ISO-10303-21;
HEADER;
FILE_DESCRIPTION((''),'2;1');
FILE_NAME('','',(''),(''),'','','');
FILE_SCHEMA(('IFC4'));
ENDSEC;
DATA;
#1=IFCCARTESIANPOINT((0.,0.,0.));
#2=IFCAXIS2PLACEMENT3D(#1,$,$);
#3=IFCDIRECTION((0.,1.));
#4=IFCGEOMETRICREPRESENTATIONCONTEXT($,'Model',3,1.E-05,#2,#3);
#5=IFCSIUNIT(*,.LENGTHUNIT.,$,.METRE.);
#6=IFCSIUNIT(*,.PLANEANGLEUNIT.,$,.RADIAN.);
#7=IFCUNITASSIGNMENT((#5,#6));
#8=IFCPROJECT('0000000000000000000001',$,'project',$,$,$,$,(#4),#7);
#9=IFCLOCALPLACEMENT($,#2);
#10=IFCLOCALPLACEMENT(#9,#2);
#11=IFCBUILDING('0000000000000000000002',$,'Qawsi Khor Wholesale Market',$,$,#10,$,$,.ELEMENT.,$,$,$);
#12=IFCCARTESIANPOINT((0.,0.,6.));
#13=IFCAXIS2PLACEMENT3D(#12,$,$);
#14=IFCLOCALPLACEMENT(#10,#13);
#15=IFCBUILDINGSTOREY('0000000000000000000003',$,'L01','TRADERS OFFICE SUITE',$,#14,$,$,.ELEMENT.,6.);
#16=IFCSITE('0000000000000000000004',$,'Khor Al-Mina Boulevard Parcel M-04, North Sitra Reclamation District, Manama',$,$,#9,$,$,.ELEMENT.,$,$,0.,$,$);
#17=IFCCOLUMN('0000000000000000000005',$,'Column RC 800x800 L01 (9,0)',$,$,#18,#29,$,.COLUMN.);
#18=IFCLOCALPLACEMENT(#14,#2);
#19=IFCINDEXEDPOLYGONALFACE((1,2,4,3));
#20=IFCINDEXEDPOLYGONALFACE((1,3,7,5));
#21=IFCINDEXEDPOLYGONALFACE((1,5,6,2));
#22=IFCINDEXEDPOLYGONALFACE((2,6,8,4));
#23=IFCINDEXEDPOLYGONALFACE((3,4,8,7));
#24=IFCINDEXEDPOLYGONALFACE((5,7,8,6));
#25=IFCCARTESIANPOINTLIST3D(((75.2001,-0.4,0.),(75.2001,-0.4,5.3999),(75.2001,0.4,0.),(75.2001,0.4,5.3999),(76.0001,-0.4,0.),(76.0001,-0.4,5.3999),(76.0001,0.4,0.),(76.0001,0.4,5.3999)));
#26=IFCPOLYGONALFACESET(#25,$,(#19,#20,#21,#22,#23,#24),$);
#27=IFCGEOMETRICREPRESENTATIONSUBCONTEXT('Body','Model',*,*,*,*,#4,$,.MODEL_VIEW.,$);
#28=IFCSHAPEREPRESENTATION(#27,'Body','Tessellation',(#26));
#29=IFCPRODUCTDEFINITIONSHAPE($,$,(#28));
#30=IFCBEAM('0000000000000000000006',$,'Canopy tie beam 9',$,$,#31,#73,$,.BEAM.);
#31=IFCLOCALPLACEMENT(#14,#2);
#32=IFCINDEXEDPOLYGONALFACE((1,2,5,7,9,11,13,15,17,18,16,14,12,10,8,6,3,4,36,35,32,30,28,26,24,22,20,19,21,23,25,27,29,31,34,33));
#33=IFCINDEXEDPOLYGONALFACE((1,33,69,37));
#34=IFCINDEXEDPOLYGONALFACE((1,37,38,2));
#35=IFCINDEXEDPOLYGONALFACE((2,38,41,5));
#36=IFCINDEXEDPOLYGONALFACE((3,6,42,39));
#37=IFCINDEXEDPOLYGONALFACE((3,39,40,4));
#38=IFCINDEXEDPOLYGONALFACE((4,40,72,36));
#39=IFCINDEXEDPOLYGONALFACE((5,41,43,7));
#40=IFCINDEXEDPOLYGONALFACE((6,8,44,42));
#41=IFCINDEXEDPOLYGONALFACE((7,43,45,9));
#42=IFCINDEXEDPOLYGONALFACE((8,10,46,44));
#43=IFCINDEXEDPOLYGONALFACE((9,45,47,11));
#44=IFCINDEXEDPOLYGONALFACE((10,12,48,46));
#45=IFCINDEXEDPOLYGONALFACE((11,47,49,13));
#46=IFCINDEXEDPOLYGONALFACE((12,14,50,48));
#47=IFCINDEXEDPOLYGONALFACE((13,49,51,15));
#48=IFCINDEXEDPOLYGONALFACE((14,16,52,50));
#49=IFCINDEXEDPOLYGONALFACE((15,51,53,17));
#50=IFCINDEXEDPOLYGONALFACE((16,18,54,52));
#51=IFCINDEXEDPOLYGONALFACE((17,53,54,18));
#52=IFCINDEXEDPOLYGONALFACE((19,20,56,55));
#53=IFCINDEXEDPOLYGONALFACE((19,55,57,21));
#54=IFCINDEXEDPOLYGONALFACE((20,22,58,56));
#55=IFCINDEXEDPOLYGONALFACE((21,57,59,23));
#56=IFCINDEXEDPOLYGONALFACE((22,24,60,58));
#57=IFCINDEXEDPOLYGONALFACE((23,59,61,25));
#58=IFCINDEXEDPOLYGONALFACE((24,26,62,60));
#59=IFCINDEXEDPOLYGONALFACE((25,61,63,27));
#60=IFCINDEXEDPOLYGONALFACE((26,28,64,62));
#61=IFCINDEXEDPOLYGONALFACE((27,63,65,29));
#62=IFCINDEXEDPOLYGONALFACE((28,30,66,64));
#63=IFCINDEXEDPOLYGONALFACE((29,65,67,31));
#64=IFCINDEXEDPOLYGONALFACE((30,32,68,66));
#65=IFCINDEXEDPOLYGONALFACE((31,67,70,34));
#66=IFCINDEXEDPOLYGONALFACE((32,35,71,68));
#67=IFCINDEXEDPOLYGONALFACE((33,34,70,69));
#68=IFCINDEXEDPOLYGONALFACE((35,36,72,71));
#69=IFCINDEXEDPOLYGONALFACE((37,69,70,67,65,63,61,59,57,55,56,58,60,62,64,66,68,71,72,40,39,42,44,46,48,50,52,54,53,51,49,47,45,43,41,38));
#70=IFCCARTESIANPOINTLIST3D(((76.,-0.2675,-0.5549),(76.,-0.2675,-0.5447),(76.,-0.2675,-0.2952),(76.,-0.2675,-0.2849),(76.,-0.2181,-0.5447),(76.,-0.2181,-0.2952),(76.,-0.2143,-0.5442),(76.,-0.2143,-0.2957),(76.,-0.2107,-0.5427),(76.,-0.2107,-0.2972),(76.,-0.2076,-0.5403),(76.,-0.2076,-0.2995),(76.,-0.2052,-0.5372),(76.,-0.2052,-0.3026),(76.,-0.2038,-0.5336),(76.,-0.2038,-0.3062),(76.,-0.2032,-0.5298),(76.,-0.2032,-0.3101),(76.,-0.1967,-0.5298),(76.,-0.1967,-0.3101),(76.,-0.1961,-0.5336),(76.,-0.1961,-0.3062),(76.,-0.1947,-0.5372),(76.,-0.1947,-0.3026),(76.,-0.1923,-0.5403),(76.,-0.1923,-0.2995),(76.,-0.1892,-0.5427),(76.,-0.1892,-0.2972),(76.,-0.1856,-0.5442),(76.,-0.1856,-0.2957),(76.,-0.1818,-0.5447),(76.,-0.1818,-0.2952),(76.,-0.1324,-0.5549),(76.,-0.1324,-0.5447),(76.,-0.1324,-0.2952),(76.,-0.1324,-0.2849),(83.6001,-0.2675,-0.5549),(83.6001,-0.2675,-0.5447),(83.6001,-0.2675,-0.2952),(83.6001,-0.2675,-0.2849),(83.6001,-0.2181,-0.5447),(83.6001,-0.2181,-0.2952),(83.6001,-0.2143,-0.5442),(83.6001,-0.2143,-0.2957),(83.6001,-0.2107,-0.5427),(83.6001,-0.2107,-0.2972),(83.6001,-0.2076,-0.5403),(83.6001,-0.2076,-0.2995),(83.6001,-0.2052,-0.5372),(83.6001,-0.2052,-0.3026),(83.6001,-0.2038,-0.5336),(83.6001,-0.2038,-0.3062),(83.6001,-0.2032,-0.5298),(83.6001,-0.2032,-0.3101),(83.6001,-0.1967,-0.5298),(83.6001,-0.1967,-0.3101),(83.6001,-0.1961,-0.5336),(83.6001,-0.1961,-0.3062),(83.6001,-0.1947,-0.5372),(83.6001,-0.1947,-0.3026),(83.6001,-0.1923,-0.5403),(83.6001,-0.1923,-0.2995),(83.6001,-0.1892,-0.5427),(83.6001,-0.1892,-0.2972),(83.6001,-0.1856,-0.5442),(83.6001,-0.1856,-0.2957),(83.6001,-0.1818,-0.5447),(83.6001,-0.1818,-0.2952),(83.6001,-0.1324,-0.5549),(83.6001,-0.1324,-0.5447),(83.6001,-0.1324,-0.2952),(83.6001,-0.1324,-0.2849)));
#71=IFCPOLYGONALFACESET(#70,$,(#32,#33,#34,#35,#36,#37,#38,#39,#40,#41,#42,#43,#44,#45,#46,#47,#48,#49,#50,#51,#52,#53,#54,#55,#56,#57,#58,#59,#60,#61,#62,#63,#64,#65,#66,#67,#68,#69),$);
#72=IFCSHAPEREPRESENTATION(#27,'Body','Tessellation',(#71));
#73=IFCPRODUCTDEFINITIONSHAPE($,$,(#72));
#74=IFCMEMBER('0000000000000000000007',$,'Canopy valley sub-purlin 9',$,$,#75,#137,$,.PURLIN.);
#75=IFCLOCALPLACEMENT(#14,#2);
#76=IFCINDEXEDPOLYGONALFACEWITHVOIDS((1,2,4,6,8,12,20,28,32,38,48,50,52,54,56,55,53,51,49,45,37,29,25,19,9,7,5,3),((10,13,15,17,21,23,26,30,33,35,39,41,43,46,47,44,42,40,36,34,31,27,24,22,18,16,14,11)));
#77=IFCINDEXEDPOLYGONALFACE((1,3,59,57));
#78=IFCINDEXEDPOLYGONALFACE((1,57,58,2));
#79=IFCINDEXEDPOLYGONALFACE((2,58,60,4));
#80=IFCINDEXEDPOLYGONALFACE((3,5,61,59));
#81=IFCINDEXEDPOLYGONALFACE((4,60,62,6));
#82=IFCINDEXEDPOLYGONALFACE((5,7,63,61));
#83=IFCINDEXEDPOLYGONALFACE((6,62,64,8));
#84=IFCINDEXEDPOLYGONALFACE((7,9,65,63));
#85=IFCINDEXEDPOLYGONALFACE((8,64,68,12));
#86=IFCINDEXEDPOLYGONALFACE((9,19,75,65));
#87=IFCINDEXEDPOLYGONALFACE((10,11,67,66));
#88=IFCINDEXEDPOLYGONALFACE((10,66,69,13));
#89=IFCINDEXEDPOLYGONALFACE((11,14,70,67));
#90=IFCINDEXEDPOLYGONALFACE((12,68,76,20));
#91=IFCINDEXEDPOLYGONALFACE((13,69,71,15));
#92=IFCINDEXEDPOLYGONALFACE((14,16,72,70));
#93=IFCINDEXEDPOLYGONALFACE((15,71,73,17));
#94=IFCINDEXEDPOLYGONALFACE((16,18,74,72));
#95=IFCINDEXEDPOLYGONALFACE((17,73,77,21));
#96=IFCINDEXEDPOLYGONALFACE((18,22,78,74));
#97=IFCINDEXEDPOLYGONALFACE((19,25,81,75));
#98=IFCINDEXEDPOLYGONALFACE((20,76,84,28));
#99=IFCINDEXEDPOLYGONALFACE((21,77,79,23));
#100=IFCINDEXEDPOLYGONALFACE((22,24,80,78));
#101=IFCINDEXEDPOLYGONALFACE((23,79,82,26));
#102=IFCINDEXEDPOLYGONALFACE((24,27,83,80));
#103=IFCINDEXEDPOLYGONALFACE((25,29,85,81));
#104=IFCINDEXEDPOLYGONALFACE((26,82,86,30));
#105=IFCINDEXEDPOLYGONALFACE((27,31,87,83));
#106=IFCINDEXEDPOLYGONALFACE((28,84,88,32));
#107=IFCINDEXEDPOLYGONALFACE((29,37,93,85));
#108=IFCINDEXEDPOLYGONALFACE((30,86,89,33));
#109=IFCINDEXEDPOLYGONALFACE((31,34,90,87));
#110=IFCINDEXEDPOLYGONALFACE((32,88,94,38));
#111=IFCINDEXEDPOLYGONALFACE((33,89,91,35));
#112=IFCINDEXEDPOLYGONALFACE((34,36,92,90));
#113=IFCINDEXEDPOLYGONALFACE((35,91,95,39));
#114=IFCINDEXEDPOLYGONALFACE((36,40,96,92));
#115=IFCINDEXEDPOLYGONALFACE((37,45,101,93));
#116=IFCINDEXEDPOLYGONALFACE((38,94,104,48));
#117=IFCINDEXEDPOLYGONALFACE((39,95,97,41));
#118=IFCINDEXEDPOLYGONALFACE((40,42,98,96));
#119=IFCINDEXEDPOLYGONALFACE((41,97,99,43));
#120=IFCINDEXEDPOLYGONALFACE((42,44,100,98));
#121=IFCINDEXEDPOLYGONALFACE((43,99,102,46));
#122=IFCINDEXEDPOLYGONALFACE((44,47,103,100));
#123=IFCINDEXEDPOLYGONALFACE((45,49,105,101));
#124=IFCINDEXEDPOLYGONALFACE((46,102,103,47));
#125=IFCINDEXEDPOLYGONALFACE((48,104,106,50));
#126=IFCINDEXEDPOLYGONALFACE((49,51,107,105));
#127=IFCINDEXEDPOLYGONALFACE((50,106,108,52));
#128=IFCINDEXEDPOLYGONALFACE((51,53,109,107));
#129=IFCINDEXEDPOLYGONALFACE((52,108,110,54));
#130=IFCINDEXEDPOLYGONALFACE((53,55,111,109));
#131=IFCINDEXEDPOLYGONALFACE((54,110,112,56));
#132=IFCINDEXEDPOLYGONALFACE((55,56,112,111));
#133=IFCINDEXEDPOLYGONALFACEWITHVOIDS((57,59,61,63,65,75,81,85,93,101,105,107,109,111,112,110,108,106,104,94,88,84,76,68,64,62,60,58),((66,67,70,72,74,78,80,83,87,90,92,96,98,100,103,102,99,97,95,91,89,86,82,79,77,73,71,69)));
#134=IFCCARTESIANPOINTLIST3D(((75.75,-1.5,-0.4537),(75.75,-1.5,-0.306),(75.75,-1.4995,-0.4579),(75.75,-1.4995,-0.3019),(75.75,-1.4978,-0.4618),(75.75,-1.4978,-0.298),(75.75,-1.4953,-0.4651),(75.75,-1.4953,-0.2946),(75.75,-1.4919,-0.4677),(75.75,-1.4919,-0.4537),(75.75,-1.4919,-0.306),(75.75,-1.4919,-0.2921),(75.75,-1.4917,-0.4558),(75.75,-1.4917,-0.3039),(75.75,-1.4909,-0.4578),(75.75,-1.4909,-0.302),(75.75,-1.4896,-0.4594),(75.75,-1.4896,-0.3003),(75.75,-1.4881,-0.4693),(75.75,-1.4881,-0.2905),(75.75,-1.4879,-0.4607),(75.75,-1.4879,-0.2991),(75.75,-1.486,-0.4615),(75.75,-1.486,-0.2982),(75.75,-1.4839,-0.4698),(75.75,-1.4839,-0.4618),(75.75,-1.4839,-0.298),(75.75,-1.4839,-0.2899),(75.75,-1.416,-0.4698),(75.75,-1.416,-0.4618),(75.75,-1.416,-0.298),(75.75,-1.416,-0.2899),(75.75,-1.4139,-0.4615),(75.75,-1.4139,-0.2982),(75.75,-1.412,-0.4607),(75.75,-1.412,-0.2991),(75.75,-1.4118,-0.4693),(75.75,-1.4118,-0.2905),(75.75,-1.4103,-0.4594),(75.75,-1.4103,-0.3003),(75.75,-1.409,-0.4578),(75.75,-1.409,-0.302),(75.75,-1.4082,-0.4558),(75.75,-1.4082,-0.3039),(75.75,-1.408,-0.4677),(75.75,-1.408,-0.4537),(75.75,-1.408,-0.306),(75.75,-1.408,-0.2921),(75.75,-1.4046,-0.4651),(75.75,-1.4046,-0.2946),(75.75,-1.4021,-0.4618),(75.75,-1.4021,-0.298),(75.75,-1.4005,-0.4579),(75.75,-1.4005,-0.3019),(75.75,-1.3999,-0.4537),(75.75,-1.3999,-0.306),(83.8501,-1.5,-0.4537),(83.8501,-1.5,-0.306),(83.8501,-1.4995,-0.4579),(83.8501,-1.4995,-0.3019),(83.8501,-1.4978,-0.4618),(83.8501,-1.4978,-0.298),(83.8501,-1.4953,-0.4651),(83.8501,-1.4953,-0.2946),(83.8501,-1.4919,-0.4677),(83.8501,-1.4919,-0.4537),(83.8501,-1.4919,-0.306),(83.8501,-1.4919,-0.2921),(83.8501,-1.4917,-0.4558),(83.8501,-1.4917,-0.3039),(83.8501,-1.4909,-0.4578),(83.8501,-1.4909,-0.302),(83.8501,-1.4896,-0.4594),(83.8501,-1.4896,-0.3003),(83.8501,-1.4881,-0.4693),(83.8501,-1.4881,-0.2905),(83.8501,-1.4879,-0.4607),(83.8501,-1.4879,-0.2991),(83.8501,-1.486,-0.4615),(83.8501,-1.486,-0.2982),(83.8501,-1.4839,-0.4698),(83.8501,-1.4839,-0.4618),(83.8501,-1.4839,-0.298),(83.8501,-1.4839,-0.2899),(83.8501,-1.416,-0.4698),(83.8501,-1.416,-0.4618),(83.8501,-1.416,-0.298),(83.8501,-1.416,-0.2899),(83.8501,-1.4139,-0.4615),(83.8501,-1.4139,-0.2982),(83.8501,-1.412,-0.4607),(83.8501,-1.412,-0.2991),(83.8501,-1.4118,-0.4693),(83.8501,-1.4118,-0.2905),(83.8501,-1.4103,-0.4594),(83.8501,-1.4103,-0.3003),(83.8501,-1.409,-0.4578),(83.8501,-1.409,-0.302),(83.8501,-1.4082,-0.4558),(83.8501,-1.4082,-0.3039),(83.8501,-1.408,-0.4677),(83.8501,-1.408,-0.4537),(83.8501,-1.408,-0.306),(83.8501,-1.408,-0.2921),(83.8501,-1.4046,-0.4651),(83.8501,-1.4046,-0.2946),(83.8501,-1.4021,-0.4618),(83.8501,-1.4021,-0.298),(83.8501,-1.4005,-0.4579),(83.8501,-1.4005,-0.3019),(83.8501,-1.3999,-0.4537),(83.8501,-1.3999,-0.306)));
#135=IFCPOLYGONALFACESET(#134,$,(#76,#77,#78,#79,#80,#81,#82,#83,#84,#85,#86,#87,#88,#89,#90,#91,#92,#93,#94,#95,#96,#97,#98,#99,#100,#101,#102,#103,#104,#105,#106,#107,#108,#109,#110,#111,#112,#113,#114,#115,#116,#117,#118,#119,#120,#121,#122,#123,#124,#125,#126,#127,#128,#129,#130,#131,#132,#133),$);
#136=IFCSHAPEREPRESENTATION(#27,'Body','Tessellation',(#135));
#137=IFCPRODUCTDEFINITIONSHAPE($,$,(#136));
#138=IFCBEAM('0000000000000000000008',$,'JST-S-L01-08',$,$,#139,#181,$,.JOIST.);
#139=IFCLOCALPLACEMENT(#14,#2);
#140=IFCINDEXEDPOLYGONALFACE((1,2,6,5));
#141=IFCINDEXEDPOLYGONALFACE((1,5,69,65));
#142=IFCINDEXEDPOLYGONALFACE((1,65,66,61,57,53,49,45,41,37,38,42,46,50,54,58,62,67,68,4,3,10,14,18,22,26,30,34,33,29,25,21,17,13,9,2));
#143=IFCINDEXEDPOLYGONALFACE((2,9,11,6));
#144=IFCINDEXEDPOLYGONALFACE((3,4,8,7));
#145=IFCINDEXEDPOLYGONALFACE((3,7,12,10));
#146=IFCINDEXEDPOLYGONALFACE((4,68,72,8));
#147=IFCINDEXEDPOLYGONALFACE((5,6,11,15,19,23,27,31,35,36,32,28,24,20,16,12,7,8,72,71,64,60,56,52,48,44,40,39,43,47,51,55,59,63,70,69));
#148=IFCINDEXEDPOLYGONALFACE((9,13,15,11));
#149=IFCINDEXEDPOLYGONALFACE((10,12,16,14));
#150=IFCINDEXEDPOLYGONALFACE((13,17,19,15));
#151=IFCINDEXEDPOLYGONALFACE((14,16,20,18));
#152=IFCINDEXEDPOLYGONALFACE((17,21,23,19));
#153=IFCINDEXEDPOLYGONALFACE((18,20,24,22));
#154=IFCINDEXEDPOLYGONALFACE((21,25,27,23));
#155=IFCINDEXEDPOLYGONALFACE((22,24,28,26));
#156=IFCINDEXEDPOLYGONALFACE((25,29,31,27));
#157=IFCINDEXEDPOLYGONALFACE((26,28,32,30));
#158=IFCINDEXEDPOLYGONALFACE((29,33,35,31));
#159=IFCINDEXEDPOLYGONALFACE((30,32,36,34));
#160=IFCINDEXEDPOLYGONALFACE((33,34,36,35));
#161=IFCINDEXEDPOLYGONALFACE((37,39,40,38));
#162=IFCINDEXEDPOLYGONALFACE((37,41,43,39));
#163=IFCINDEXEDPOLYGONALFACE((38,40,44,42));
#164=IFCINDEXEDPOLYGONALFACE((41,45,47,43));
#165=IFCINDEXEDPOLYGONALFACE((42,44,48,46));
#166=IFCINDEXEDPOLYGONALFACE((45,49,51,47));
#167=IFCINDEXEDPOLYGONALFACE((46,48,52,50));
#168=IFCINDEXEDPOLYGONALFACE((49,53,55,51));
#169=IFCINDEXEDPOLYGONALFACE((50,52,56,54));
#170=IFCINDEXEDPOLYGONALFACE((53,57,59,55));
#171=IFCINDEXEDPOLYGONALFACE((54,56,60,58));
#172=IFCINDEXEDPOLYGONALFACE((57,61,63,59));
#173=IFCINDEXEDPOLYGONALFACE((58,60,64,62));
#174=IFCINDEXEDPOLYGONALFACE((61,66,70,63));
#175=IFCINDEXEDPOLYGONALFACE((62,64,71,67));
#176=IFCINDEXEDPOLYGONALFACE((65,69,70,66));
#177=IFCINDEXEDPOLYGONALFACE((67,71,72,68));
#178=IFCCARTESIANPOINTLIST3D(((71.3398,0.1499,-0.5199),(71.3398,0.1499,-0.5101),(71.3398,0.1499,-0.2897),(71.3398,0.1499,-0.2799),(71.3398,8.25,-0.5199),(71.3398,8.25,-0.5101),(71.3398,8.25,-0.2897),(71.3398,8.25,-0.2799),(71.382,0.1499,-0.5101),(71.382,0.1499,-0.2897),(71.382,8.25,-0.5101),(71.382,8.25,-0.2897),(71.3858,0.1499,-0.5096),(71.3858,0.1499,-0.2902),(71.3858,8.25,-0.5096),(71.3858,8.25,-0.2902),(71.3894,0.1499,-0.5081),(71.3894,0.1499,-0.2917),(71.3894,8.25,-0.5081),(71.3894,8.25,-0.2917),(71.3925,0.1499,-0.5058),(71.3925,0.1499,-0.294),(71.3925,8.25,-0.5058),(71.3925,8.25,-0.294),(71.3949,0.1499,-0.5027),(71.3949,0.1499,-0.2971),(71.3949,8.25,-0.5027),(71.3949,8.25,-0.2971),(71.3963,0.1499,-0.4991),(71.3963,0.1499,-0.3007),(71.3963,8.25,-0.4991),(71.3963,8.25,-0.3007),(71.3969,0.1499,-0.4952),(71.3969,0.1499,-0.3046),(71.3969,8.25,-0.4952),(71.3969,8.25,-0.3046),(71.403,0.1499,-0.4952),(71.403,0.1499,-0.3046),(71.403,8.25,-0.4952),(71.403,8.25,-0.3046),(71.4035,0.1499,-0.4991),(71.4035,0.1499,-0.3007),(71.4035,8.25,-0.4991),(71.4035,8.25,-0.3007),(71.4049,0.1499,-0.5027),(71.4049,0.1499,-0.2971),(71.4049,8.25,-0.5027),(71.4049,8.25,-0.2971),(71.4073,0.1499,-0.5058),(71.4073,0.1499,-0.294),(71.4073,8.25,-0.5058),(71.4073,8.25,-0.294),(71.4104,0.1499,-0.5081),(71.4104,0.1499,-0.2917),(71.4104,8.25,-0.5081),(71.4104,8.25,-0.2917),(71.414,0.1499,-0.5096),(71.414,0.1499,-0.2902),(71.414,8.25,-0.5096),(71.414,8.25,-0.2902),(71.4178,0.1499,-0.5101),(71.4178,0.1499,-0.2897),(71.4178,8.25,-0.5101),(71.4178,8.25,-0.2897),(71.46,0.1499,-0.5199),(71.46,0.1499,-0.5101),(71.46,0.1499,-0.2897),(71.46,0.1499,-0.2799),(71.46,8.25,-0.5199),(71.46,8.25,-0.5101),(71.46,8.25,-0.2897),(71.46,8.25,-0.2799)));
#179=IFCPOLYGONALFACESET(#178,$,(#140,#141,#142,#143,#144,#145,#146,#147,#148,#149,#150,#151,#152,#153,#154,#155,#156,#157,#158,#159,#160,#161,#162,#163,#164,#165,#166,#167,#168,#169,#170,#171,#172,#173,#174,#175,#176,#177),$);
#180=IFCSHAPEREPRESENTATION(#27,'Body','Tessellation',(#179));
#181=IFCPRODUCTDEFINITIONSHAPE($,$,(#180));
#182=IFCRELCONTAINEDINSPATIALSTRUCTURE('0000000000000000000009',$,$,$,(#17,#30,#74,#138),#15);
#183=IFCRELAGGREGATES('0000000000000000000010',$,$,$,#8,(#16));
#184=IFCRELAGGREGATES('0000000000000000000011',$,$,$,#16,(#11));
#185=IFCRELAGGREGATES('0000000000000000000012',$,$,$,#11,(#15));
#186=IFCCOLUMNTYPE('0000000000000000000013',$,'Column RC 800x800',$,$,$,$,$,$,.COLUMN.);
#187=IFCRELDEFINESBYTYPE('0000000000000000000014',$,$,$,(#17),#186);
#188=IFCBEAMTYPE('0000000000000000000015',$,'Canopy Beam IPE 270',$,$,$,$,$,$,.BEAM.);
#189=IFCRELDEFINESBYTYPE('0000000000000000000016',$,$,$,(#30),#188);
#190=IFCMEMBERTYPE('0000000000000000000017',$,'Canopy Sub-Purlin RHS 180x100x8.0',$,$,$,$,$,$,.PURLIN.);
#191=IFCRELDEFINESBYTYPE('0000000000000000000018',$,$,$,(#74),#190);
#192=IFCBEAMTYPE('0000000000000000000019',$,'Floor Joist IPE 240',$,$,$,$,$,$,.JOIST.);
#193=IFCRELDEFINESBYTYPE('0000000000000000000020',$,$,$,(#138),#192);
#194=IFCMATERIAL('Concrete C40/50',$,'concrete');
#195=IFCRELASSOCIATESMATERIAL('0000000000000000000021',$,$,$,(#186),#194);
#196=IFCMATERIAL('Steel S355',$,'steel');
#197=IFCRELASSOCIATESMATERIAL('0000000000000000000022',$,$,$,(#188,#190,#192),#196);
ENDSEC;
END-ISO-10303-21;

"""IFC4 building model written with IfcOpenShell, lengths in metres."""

from ifc_helpers import new_model, si_unit, direction, frame, origin, origin_2d, place, context, subcontext, project, spatial, rectangle, hollow_rectangle, i_section, extrude, material, material_profile, profile_set, type_object, element, save


model = new_model("IFC4")

# Units and contexts
model_context = context("Model", 3, precision=1e-05, world=origin(), true_north=direction((0.0, 1.0)))
body_context = subcontext(model_context, "Body", "Model", "MODEL_VIEW")
ifc_project = project(units=[si_unit("LENGTHUNIT", "METRE"), si_unit("PLANEANGLEUNIT", "RADIAN")], contexts=[model_context])

# Site, building, storey
site_placement = place(None, origin())
site = spatial("IfcSite", under=ifc_project, at=site_placement, Name="Khor Al-Mina Boulevard Parcel M-04, North Sitra Reclamation District, Manama", CompositionType="ELEMENT", RefElevation=0.0)
building_placement = place(site_placement, origin())
building = spatial("IfcBuilding", under=site, at=building_placement, Name="Qawsi Khor Wholesale Market", CompositionType="ELEMENT")
storey_placement = place(building_placement, frame((0.0, 0.0, 6.0)))
storey = spatial("IfcBuildingStorey", under=building, at=storey_placement, Name="L01", Description="TRADERS OFFICE SUITE", CompositionType="ELEMENT", Elevation=6.0)

# Column
ifc_material_1 = material(Name="Concrete C40/50", Category="concrete")
ifc_material_profile_1 = material_profile(ifc_material_1, rectangle(XDim=0.8, YDim=0.8, at=origin_2d()), Name="RC 800x800")
ifc_profile_set_1 = profile_set([ifc_material_profile_1], Name="Concrete C40/50")
column_type = type_object("IfcColumnType", Name="Column RC 800x800", PredefinedType="COLUMN", material=ifc_profile_set_1)
column_placement = place(storey_placement, frame((75.6001, 0.0, 0.0), z_axis=(0.0, 0.0, 1.0), x_axis=(1.0, 0.0, 0.0)))
element("IfcColumn", 1, at=column_placement, inside=storey, type_object=column_type, Name="Column RC 800x800 L01 (9,0)", PredefinedType="COLUMN", context=body_context, shape_type="SweptSolid", body=[
    extrude(rectangle(XDim=0.8, YDim=0.8, at=origin_2d()), origin(), (0.0, 0.0, 1.0), 5.3999),
])

# Beam
ifc_material_2 = material(Name="Steel S355", Category="steel")
ifc_material_profile_2 = material_profile(ifc_material_2, i_section(OverallWidth=0.135, OverallDepth=0.27, WebThickness=0.0066, FlangeThickness=0.0103, FilletRadius=0.0149, at=origin_2d()), Name="IPE 270")
ifc_profile_set_2 = profile_set([ifc_material_profile_2], Name="Steel S355")
beam_type_1 = type_object("IfcBeamType", Name="Canopy Beam IPE 270", PredefinedType="BEAM", material=ifc_profile_set_2)
beam_1_placement = place(storey_placement, frame((76.0, -0.2, -0.4199), z_axis=(1.0, 0.0, 0.0), x_axis=(0.0, 1.0, 0.0)))
element("IfcBeam", 2, at=beam_1_placement, inside=storey, type_object=beam_type_1, Name="Canopy tie beam 9", PredefinedType="BEAM", context=body_context, shape_type="SweptSolid", body=[
    extrude(i_section(OverallWidth=0.135, OverallDepth=0.27, WebThickness=0.0066, FlangeThickness=0.0103, FilletRadius=0.0149, at=origin_2d()), origin(), (0.0, 0.0, 1.0), 7.6001),
])

# Member
ifc_material_profile_3 = material_profile(ifc_material_2, hollow_rectangle(XDim=0.1001, YDim=0.1799, WallThickness=0.0081, InnerFilletRadius=0.0081, OuterFilletRadius=0.0161, at=origin_2d()), Name="RHS 180x100x8.0")
ifc_profile_set_3 = profile_set([ifc_material_profile_3], Name="Steel S355")
member_type = type_object("IfcMemberType", Name="Canopy Sub-Purlin RHS 180x100x8.0", PredefinedType="PURLIN", material=ifc_profile_set_3)
member_placement = place(storey_placement, frame((75.75, -1.45, -0.3799), z_axis=(1.0, 0.0, 0.0), x_axis=(0.0, 1.0, 0.0)))
element("IfcMember", 3, at=member_placement, inside=storey, type_object=member_type, Name="Canopy valley sub-purlin 9", PredefinedType="PURLIN", context=body_context, shape_type="SweptSolid", body=[
    extrude(hollow_rectangle(XDim=0.1001, YDim=0.1799, WallThickness=0.0081, InnerFilletRadius=0.0081, OuterFilletRadius=0.0161, at=origin_2d()), origin(), (0.0, 0.0, 1.0), 8.1001),
])

# Beam
ifc_material_profile_4 = material_profile(ifc_material_2, i_section(OverallWidth=0.1201, OverallDepth=0.24, WebThickness=0.0061, FlangeThickness=0.0098, FilletRadius=0.0149, at=origin_2d()), Name="IPE 240")
ifc_profile_set_4 = profile_set([ifc_material_profile_4], Name="Steel S355")
beam_type_2 = type_object("IfcBeamType", Name="Floor Joist IPE 240", PredefinedType="JOIST", material=ifc_profile_set_4)
for number, where, z_axis, x_axis, name in (
    (4, (71.3999, 0.1499, -0.3999), (0.0, 1.0, 0.0), (-1.0, 0.0, 0.0), "JST-S-L01-08"),
):
    element("IfcBeam", number, at=place(storey_placement, frame(where, z_axis=z_axis, x_axis=x_axis)), inside=storey, type_object=beam_type_2, Name=name, PredefinedType="JOIST", context=body_context, shape_type="SweptSolid", body=[
        extrude(i_section(OverallWidth=0.1201, OverallDepth=0.24, WebThickness=0.0061, FlangeThickness=0.0098, FilletRadius=0.0149, at=origin_2d()), origin(), (0.0, 0.0, 1.0), 8.1001),
    ])

save(model, "model.ifc")
